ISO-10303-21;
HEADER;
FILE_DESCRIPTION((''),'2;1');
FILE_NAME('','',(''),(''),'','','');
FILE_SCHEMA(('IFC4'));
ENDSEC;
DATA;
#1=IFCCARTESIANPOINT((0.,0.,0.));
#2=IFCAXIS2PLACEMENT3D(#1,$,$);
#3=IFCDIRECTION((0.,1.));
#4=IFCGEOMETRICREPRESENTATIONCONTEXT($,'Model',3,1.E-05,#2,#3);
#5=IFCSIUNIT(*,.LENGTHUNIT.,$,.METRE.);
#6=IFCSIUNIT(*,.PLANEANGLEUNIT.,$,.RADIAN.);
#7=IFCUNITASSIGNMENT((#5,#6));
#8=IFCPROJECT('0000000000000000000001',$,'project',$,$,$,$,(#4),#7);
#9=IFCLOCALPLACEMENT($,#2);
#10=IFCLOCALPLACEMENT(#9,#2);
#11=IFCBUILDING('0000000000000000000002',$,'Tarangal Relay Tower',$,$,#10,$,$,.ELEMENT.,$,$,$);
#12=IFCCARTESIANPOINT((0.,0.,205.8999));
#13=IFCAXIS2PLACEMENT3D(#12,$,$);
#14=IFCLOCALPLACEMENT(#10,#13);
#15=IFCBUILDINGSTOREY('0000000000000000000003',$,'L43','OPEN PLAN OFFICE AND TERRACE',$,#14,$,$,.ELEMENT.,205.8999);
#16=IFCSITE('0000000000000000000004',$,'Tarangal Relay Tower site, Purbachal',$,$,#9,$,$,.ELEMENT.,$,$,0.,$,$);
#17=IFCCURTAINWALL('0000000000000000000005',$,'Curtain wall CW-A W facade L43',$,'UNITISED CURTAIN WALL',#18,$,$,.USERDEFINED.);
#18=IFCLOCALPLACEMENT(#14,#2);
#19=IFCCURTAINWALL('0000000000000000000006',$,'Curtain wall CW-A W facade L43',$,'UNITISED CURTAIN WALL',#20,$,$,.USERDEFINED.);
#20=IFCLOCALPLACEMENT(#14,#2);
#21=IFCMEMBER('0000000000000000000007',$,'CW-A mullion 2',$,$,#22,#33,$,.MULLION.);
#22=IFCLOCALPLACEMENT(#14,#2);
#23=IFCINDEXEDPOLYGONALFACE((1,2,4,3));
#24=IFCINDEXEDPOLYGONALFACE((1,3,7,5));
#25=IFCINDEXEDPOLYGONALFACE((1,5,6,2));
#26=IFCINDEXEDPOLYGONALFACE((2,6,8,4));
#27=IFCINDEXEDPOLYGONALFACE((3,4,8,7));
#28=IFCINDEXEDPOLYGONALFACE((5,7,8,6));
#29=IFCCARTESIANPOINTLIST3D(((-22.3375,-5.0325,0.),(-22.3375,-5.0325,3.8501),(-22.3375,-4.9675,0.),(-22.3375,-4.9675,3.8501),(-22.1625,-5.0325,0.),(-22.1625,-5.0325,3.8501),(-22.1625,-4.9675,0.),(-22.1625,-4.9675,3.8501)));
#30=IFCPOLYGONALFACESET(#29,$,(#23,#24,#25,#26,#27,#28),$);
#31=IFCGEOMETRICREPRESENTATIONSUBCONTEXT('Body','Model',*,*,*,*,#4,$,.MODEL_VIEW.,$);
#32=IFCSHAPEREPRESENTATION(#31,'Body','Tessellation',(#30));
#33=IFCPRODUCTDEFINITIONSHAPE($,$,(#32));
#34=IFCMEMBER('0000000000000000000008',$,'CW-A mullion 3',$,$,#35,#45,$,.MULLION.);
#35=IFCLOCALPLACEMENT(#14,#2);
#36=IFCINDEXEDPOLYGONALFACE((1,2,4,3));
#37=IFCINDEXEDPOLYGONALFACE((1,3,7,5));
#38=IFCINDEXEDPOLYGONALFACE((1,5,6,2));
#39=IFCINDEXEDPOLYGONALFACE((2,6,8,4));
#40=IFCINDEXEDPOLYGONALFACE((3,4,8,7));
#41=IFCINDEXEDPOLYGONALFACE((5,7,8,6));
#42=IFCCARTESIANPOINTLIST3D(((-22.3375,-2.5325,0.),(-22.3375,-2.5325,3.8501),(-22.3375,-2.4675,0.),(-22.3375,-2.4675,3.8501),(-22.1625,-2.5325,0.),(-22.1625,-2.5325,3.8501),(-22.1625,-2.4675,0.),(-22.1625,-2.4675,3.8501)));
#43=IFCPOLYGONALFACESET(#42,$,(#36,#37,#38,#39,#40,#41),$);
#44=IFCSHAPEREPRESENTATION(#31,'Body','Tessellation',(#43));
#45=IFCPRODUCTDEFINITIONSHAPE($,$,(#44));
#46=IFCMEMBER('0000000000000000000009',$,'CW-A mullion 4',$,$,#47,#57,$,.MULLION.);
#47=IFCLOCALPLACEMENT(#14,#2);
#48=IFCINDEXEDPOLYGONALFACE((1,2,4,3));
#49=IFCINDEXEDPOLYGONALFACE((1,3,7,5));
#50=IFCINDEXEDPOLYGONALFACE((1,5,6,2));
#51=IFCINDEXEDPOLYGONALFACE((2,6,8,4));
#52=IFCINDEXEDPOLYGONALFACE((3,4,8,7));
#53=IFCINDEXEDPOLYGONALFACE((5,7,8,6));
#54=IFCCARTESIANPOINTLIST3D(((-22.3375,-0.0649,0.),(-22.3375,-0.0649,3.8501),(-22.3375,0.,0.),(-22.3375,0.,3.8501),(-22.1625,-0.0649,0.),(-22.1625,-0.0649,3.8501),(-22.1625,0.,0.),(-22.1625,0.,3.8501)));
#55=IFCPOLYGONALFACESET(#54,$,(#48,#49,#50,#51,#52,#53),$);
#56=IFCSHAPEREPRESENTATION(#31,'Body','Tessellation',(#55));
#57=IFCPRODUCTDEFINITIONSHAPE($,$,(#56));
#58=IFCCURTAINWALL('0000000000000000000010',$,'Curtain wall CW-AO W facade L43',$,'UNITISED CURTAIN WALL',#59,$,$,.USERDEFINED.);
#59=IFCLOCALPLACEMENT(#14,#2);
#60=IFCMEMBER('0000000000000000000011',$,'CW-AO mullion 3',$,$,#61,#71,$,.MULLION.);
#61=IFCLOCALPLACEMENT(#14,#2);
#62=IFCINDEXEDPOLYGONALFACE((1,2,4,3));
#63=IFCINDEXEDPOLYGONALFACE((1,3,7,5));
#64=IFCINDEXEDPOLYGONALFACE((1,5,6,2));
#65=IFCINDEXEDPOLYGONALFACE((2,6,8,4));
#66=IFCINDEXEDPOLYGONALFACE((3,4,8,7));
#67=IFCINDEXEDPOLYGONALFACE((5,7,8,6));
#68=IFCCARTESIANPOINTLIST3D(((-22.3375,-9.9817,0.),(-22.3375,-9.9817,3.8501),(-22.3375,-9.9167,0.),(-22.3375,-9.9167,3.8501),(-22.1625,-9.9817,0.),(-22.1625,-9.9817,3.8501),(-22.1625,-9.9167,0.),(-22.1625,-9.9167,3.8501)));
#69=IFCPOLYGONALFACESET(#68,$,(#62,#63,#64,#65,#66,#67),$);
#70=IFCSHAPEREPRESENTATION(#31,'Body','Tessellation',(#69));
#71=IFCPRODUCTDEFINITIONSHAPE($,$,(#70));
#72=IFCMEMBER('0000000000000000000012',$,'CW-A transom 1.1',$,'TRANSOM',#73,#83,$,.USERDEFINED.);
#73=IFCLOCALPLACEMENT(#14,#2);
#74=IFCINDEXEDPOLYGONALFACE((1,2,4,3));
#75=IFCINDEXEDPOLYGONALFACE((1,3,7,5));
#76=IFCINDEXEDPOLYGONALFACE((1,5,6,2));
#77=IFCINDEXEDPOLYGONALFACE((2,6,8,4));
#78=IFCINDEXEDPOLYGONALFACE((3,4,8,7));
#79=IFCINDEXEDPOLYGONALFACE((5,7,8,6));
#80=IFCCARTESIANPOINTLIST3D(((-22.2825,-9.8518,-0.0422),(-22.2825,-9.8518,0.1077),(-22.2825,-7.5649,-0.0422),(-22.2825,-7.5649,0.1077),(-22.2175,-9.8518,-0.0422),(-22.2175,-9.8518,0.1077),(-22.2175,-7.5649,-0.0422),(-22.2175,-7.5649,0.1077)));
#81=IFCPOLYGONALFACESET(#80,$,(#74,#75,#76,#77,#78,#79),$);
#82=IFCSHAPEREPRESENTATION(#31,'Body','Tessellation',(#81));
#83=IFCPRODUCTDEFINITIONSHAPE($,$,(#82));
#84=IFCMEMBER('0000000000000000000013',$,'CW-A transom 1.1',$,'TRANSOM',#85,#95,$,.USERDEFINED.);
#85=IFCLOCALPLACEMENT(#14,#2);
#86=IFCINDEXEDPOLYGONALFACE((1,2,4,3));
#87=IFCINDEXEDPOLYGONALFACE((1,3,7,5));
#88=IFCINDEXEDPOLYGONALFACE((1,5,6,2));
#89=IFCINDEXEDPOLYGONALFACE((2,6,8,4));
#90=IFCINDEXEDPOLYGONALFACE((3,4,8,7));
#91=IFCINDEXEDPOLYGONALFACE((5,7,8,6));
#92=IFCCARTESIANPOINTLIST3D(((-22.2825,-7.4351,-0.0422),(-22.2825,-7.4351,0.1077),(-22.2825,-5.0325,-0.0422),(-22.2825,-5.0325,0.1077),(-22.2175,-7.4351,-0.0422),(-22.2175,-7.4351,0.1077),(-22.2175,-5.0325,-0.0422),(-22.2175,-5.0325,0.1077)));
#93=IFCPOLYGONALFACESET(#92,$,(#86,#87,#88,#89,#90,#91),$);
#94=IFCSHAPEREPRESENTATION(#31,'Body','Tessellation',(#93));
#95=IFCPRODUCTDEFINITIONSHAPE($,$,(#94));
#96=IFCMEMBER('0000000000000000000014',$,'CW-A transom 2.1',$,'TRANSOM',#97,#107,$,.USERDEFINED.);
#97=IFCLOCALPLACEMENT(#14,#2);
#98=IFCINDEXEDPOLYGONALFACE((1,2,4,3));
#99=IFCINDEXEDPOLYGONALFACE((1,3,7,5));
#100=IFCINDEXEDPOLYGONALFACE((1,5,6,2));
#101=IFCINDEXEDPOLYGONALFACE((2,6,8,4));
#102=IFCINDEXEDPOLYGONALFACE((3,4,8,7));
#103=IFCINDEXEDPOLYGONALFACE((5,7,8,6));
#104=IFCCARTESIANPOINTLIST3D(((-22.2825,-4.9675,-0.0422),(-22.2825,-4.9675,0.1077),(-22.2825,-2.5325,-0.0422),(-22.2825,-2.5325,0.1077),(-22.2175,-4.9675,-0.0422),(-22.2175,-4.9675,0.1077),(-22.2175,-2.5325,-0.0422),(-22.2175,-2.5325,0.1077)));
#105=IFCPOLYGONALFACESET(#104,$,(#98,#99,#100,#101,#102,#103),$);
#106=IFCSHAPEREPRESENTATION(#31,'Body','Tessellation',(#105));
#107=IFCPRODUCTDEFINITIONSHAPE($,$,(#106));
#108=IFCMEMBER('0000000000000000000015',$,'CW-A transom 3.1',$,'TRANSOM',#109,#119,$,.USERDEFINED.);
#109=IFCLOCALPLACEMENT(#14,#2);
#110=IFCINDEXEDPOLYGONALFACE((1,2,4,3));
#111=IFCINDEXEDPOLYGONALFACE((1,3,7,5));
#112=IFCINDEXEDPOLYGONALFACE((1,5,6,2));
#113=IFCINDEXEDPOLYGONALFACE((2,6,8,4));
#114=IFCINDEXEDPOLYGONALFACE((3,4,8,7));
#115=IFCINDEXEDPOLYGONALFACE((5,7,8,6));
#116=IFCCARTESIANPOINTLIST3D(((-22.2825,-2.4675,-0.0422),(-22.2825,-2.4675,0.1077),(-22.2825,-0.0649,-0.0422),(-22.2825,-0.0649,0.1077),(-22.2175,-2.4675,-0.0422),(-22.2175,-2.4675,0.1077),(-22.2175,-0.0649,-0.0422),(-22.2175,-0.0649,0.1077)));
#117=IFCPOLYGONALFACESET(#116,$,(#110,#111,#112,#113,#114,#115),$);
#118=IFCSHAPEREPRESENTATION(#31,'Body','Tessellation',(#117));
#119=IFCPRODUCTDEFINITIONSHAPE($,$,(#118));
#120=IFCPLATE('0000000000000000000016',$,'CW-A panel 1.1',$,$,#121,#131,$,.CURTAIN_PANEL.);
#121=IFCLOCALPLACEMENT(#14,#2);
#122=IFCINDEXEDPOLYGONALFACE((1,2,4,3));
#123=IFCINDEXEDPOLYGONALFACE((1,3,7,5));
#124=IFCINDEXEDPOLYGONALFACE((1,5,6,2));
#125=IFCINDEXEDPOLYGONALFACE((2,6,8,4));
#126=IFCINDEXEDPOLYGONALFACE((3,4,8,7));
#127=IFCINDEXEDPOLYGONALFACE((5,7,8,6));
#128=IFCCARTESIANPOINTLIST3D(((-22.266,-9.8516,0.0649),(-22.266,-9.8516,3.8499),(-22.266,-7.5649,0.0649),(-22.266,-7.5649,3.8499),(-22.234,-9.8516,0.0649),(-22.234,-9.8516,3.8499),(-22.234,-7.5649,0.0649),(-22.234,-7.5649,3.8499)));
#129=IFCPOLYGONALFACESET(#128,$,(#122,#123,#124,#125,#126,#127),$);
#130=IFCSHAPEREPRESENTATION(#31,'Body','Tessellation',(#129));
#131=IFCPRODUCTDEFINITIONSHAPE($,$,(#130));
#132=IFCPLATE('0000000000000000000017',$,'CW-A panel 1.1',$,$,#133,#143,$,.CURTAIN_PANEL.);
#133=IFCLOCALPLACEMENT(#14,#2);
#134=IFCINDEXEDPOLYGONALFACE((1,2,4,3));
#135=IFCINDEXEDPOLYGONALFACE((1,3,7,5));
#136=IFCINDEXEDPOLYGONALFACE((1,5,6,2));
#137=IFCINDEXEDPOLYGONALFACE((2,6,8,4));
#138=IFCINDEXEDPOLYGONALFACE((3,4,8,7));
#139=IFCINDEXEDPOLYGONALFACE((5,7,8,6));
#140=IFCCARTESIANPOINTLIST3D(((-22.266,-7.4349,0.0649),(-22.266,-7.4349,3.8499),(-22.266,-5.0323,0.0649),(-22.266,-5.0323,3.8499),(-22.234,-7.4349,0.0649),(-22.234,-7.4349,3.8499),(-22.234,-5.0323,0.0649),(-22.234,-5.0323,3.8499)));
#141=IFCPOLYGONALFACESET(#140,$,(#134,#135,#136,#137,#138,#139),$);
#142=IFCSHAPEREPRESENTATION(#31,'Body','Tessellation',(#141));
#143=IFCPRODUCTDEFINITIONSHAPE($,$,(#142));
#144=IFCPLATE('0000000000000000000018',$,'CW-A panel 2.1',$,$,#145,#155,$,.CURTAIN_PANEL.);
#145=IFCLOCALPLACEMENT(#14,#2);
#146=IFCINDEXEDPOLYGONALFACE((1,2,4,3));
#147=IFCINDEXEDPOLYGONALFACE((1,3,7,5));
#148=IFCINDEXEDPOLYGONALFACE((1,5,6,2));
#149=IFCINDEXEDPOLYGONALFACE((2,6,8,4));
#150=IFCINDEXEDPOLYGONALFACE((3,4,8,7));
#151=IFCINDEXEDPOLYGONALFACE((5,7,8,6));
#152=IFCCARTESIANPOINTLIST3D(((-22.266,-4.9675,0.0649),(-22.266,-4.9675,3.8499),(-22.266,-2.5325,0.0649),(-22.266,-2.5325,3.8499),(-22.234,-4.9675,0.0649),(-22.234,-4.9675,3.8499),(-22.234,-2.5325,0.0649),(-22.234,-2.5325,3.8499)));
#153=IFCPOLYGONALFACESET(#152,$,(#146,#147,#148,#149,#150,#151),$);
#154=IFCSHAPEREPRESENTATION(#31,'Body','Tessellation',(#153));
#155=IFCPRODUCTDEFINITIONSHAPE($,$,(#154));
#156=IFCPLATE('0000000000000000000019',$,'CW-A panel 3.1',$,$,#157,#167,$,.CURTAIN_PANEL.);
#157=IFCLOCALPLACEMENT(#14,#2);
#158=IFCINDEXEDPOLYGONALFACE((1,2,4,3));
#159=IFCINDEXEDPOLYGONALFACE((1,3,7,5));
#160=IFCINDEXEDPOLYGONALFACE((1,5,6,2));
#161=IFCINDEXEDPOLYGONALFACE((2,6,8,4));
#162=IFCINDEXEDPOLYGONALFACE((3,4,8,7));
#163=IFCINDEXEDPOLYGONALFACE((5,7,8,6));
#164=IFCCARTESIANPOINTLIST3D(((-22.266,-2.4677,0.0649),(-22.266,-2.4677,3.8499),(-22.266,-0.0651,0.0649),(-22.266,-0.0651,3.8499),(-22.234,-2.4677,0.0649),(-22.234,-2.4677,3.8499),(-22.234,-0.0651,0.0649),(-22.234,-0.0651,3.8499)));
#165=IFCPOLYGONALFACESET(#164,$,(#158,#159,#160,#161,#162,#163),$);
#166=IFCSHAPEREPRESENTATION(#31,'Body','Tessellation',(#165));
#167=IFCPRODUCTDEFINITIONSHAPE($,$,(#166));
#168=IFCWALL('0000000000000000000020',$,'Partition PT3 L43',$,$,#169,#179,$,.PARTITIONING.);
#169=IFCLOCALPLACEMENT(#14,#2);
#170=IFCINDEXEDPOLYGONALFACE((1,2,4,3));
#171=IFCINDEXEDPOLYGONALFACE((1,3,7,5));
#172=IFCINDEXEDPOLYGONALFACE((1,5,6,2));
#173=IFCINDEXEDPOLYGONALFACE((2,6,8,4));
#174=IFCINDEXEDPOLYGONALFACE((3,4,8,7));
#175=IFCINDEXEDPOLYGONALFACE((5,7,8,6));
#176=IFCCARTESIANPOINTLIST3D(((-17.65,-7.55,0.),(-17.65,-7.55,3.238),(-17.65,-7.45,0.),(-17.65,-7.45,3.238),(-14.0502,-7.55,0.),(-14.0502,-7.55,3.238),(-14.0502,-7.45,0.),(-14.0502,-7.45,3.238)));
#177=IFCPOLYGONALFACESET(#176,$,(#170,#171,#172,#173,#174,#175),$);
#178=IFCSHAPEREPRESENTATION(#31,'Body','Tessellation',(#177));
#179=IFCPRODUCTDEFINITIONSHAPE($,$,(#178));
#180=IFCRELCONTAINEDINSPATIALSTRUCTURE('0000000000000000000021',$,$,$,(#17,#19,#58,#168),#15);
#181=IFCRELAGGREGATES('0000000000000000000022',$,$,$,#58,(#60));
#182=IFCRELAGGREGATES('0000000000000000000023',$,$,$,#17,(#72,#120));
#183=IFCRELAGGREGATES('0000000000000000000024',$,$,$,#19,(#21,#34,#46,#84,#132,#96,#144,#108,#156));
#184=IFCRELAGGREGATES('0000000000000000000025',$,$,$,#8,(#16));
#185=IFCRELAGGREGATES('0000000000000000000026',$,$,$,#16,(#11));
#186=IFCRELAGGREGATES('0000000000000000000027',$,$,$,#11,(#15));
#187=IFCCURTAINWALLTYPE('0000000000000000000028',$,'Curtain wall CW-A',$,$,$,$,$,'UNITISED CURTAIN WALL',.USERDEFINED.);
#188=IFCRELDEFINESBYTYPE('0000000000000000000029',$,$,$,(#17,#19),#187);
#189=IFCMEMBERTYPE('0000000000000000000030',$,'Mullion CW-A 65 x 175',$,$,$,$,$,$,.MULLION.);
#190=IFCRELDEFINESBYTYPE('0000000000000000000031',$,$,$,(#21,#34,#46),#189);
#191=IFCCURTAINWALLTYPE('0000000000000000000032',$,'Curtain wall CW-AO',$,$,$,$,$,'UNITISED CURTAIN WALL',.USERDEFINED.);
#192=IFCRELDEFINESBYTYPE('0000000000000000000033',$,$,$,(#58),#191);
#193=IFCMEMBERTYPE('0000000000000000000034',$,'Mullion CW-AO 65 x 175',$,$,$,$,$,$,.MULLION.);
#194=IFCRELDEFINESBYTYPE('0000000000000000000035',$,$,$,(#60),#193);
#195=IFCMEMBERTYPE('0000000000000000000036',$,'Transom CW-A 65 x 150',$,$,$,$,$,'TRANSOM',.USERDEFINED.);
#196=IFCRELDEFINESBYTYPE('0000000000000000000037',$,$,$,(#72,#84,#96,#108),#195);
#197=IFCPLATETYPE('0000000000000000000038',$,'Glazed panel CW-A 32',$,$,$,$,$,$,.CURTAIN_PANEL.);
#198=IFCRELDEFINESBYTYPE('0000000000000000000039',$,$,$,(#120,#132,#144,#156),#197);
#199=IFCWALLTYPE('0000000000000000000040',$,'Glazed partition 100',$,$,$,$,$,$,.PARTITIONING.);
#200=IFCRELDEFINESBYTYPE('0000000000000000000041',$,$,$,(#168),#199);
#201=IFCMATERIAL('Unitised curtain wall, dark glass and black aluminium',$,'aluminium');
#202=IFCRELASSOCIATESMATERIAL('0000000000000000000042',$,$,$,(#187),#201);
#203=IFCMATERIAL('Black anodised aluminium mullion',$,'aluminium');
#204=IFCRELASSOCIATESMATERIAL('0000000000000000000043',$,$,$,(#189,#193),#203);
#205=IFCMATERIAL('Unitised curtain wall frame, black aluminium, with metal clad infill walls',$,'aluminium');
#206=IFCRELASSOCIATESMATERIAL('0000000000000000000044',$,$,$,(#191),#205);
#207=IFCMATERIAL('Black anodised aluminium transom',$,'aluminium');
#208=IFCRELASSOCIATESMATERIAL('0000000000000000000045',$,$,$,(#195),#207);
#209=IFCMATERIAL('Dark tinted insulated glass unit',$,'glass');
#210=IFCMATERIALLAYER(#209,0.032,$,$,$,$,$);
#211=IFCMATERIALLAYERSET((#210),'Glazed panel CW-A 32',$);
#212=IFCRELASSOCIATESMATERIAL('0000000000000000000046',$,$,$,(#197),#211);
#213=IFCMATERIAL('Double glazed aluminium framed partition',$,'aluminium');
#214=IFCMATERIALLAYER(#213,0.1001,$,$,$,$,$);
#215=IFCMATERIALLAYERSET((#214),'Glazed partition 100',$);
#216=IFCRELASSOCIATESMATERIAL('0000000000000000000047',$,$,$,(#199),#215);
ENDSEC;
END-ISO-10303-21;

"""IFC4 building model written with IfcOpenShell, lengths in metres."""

from ifc_helpers import new_model, si_unit, direction, frame, frame_2d, origin, origin_2d, place, context, subcontext, project, spatial, rectangle, extrude, material, layer, layer_set, material_profile, profile_set, type_object, element, aggregate, save


model = new_model("IFC4")

# Units and contexts
model_context = context("Model", 3, precision=1e-05, world=origin(), true_north=direction((0.0, 1.0)))
body_context = subcontext(model_context, "Body", "Model", "MODEL_VIEW")
ifc_project = project(units=[si_unit("LENGTHUNIT", "METRE"), si_unit("PLANEANGLEUNIT", "RADIAN")], contexts=[model_context])

# Site, building, storey
site_placement = place(None, origin())
site = spatial("IfcSite", under=ifc_project, at=site_placement, Name="Tarangal Relay Tower site, Purbachal", CompositionType="ELEMENT", RefElevation=0.0)
building_placement = place(site_placement, origin())
building = spatial("IfcBuilding", under=site, at=building_placement, Name="Tarangal Relay Tower", CompositionType="ELEMENT")
storey_placement = place(building_placement, frame((0.0, 0.0, 205.8999)))
storey = spatial("IfcBuildingStorey", under=building, at=storey_placement, Name="L43", Description="OPEN PLAN OFFICE AND TERRACE", CompositionType="ELEMENT", Elevation=205.8999)

# Curtain walls, members
ifc_material_1 = material(Name="Unitised curtain wall, dark glass and black aluminium", Category="aluminium")
curtain_wall_type_1 = type_object("IfcCurtainWallType", Name="Curtain wall CW-A", ElementType="UNITISED CURTAIN WALL", PredefinedType="USERDEFINED", material=ifc_material_1)
curtain_wall_1_placement = place(storey_placement, origin())
curtain_wall_1 = element("IfcCurtainWall", 1, at=curtain_wall_1_placement, inside=storey, type_object=curtain_wall_type_1, Name="Curtain wall CW-A W facade L43", ObjectType="UNITISED CURTAIN WALL", PredefinedType="USERDEFINED")
ifc_material_2 = material(Name="Black anodised aluminium mullion", Category="aluminium")
ifc_material_profile_1 = material_profile(ifc_material_2, rectangle(XDim=0.175, YDim=0.0649, at=origin_2d()), Name="CW-AM 65X175")
ifc_profile_set_1 = profile_set([ifc_material_profile_1], Name="Black anodised aluminium mullion")
member_type_1 = type_object("IfcMemberType", Name="Mullion CW-A 65 x 175", PredefinedType="MULLION", material=ifc_profile_set_1)
curtain_wall_2_placement = place(storey_placement, origin())
curtain_wall_2 = element("IfcCurtainWall", 2, at=curtain_wall_2_placement, inside=storey, type_object=curtain_wall_type_1, Name="Curtain wall CW-A W facade L43", ObjectType="UNITISED CURTAIN WALL", PredefinedType="USERDEFINED")
member_1_placement = place(storey_placement, frame((-22.25, -5.0, 0.0), z_axis=(0.0, 0.0, 1.0), x_axis=(-1.0, 0.0, 0.0)))
member_1 = element("IfcMember", 3, at=member_1_placement, type_object=member_type_1, Name="CW-A mullion 2", PredefinedType="MULLION", context=body_context, shape_type="SweptSolid", body=[
    extrude(rectangle(XDim=0.175, YDim=0.0649, at=origin_2d()), origin(), (0.0, 0.0, 1.0), 3.8501),
])
member_2_placement = place(storey_placement, frame((-22.25, -2.5, 0.0), z_axis=(0.0, 0.0, 1.0), x_axis=(-1.0, 0.0, 0.0)))
member_2 = element("IfcMember", 4, at=member_2_placement, type_object=member_type_1, Name="CW-A mullion 3", PredefinedType="MULLION", context=body_context, shape_type="SweptSolid", body=[
    extrude(rectangle(XDim=0.175, YDim=0.0649, at=origin_2d()), origin(), (0.0, 0.0, 1.0), 3.8501),
])
member_3_placement = place(storey_placement, frame((-22.25, -0.0325, 0.0), z_axis=(0.0, 0.0, 1.0), x_axis=(-1.0, 0.0, 0.0)))
member_3 = element("IfcMember", 5, at=member_3_placement, type_object=member_type_1, Name="CW-A mullion 4", PredefinedType="MULLION", context=body_context, shape_type="SweptSolid", body=[
    extrude(rectangle(XDim=0.175, YDim=0.0649, at=origin_2d()), origin(), (0.0, 0.0, 1.0), 3.8501),
])

# Curtain wall, member
ifc_material_3 = material(Name="Unitised curtain wall frame, black aluminium, with metal clad infill walls", Category="aluminium")
curtain_wall_type_2 = type_object("IfcCurtainWallType", Name="Curtain wall CW-AO", ElementType="UNITISED CURTAIN WALL", PredefinedType="USERDEFINED", material=ifc_material_3)
curtain_wall_3_placement = place(storey_placement, origin())
curtain_wall_3 = element("IfcCurtainWall", 6, at=curtain_wall_3_placement, inside=storey, type_object=curtain_wall_type_2, Name="Curtain wall CW-AO W facade L43", ObjectType="UNITISED CURTAIN WALL", PredefinedType="USERDEFINED")
ifc_material_profile_2 = material_profile(ifc_material_2, rectangle(XDim=0.175, YDim=0.0649, at=origin_2d()), Name="CW-AOM 65X175")
ifc_profile_set_2 = profile_set([ifc_material_profile_2], Name="Black anodised aluminium mullion")
member_type_2 = type_object("IfcMemberType", Name="Mullion CW-AO 65 x 175", PredefinedType="MULLION", material=ifc_profile_set_2)
member_4_placement = place(storey_placement, frame((-22.25, -9.9492, 0.0), z_axis=(0.0, 0.0, 1.0), x_axis=(-1.0, 0.0, 0.0)))
member_4 = element("IfcMember", 7, at=member_4_placement, type_object=member_type_2, Name="CW-AO mullion 3", PredefinedType="MULLION", context=body_context, shape_type="SweptSolid", body=[
    extrude(rectangle(XDim=0.175, YDim=0.0649, at=origin_2d()), origin(), (0.0, 0.0, 1.0), 3.8501),
])
aggregate(curtain_wall_3, [member_4])

# Members
ifc_material_4 = material(Name="Black anodised aluminium transom", Category="aluminium")
ifc_material_profile_3 = material_profile(ifc_material_4, rectangle(XDim=0.0649, YDim=0.1499, at=origin_2d()), Name="CW-AT 65X150")
ifc_profile_set_3 = profile_set([ifc_material_profile_3], Name="Black anodised aluminium transom")
member_type_3 = type_object("IfcMemberType", Name="Transom CW-A 65 x 150", ElementType="TRANSOM", PredefinedType="USERDEFINED", material=ifc_profile_set_3)
member_5_placement = place(storey_placement, frame((-22.25, -9.8518, 0.0327), z_axis=(0.0, 1.0, 0.0), x_axis=(-1.0, 0.0, 0.0)))
member_5 = element("IfcMember", 8, at=member_5_placement, type_object=member_type_3, Name="CW-A transom 1.1", ObjectType="TRANSOM", PredefinedType="USERDEFINED", context=body_context, shape_type="SweptSolid", body=[
    extrude(rectangle(XDim=0.0649, YDim=0.1499, at=origin_2d()), origin(), (0.0, 0.0, 1.0), 2.2869),
])
member_6_placement = place(storey_placement, frame((-22.25, -7.4351, 0.0327), z_axis=(0.0, 1.0, 0.0), x_axis=(-1.0, 0.0, 0.0)))
member_6 = element("IfcMember", 9, at=member_6_placement, type_object=member_type_3, Name="CW-A transom 1.1", ObjectType="TRANSOM", PredefinedType="USERDEFINED", context=body_context, shape_type="SweptSolid", body=[
    extrude(rectangle(XDim=0.0649, YDim=0.1499, at=origin_2d()), origin(), (0.0, 0.0, 1.0), 2.4026),
])
member_7_placement = place(storey_placement, frame((-22.25, -4.9675, 0.0327), z_axis=(0.0, 1.0, 0.0), x_axis=(-1.0, 0.0, 0.0)))
member_7 = element("IfcMember", 10, at=member_7_placement, type_object=member_type_3, Name="CW-A transom 2.1", ObjectType="TRANSOM", PredefinedType="USERDEFINED", context=body_context, shape_type="SweptSolid", body=[
    extrude(rectangle(XDim=0.0649, YDim=0.1499, at=origin_2d()), origin(), (0.0, 0.0, 1.0), 2.4351),
])
member_8_placement = place(storey_placement, frame((-22.25, -2.4675, 0.0327), z_axis=(0.0, 1.0, 0.0), x_axis=(-1.0, 0.0, 0.0)))
member_8 = element("IfcMember", 11, at=member_8_placement, type_object=member_type_3, Name="CW-A transom 3.1", ObjectType="TRANSOM", PredefinedType="USERDEFINED", context=body_context, shape_type="SweptSolid", body=[
    extrude(rectangle(XDim=0.0649, YDim=0.1499, at=origin_2d()), origin(), (0.0, 0.0, 1.0), 2.4026),
])

# Plates
ifc_material_5 = material(Name="Dark tinted insulated glass unit", Category="glass")
ifc_layer_1 = layer(ifc_material_5, 0.032)
ifc_layer_set_1 = layer_set([ifc_layer_1], Name="Glazed panel CW-A 32")
plate_type = type_object("IfcPlateType", Name="Glazed panel CW-A 32", PredefinedType="CURTAIN_PANEL", material=ifc_layer_set_1)
plate_1_placement = place(storey_placement, frame((-22.25, -8.7083, 0.0649), z_axis=(0.0, 0.0, 1.0), x_axis=(0.0, 1.0, 0.0)))
plate_1 = element("IfcPlate", 12, at=plate_1_placement, type_object=plate_type, Name="CW-A panel 1.1", PredefinedType="CURTAIN_PANEL", context=body_context, shape_type="SweptSolid", body=[
    extrude(rectangle(XDim=2.2866, YDim=0.032, at=origin_2d()), origin(), (0.0, 0.0, 1.0), 3.7849),
])
aggregate(curtain_wall_1, [member_5, plate_1])
plate_2_placement = place(storey_placement, frame((-22.25, -6.2336, 0.0649), z_axis=(0.0, 0.0, 1.0), x_axis=(0.0, 1.0, 0.0)))
plate_2 = element("IfcPlate", 13, at=plate_2_placement, type_object=plate_type, Name="CW-A panel 1.1", PredefinedType="CURTAIN_PANEL", context=body_context, shape_type="SweptSolid", body=[
    extrude(rectangle(XDim=2.4026, YDim=0.032, at=origin_2d()), origin(), (0.0, 0.0, 1.0), 3.7849),
])
plate_3_placement = place(storey_placement, frame((-22.25, -3.75, 0.0649), z_axis=(0.0, 0.0, 1.0), x_axis=(0.0, 1.0, 0.0)))
plate_3 = element("IfcPlate", 14, at=plate_3_placement, type_object=plate_type, Name="CW-A panel 2.1", PredefinedType="CURTAIN_PANEL", context=body_context, shape_type="SweptSolid", body=[
    extrude(rectangle(XDim=2.4351, YDim=0.032, at=origin_2d()), origin(), (0.0, 0.0, 1.0), 3.7849),
])
plate_4_placement = place(storey_placement, frame((-22.25, -1.2664, 0.0649), z_axis=(0.0, 0.0, 1.0), x_axis=(0.0, 1.0, 0.0)))
plate_4 = element("IfcPlate", 15, at=plate_4_placement, type_object=plate_type, Name="CW-A panel 3.1", PredefinedType="CURTAIN_PANEL", context=body_context, shape_type="SweptSolid", body=[
    extrude(rectangle(XDim=2.4026, YDim=0.032, at=origin_2d()), origin(), (0.0, 0.0, 1.0), 3.7849),
])
aggregate(curtain_wall_2, [member_1, member_2, member_3, member_6, plate_2, member_7, plate_3, member_8, plate_4])

# Wall
ifc_material_6 = material(Name="Double glazed aluminium framed partition", Category="aluminium")
ifc_layer_2 = layer(ifc_material_6, 0.1001)
ifc_layer_set_2 = layer_set([ifc_layer_2], Name="Glazed partition 100")
wall_type_1 = type_object("IfcWallType", Name="Glazed partition 100", PredefinedType="PARTITIONING", material=ifc_layer_set_2)
wall_1_placement = place(storey_placement, frame((-17.6499, -7.5, 0.0), z_axis=(0.0, 0.0, 1.0), x_axis=(1.0, 0.0, 0.0)))
element("IfcWall", 16, at=wall_1_placement, inside=storey, type_object=wall_type_1, Name="Partition PT3 L43", PredefinedType="PARTITIONING", context=body_context, shape_type="SweptSolid", body=[
    extrude(rectangle(XDim=3.5999, YDim=0.1001, at=frame_2d((1.7998, 0.0))), origin(), (0.0, 0.0, 1.0), 3.238),
])

save(model, "model.ifc")
